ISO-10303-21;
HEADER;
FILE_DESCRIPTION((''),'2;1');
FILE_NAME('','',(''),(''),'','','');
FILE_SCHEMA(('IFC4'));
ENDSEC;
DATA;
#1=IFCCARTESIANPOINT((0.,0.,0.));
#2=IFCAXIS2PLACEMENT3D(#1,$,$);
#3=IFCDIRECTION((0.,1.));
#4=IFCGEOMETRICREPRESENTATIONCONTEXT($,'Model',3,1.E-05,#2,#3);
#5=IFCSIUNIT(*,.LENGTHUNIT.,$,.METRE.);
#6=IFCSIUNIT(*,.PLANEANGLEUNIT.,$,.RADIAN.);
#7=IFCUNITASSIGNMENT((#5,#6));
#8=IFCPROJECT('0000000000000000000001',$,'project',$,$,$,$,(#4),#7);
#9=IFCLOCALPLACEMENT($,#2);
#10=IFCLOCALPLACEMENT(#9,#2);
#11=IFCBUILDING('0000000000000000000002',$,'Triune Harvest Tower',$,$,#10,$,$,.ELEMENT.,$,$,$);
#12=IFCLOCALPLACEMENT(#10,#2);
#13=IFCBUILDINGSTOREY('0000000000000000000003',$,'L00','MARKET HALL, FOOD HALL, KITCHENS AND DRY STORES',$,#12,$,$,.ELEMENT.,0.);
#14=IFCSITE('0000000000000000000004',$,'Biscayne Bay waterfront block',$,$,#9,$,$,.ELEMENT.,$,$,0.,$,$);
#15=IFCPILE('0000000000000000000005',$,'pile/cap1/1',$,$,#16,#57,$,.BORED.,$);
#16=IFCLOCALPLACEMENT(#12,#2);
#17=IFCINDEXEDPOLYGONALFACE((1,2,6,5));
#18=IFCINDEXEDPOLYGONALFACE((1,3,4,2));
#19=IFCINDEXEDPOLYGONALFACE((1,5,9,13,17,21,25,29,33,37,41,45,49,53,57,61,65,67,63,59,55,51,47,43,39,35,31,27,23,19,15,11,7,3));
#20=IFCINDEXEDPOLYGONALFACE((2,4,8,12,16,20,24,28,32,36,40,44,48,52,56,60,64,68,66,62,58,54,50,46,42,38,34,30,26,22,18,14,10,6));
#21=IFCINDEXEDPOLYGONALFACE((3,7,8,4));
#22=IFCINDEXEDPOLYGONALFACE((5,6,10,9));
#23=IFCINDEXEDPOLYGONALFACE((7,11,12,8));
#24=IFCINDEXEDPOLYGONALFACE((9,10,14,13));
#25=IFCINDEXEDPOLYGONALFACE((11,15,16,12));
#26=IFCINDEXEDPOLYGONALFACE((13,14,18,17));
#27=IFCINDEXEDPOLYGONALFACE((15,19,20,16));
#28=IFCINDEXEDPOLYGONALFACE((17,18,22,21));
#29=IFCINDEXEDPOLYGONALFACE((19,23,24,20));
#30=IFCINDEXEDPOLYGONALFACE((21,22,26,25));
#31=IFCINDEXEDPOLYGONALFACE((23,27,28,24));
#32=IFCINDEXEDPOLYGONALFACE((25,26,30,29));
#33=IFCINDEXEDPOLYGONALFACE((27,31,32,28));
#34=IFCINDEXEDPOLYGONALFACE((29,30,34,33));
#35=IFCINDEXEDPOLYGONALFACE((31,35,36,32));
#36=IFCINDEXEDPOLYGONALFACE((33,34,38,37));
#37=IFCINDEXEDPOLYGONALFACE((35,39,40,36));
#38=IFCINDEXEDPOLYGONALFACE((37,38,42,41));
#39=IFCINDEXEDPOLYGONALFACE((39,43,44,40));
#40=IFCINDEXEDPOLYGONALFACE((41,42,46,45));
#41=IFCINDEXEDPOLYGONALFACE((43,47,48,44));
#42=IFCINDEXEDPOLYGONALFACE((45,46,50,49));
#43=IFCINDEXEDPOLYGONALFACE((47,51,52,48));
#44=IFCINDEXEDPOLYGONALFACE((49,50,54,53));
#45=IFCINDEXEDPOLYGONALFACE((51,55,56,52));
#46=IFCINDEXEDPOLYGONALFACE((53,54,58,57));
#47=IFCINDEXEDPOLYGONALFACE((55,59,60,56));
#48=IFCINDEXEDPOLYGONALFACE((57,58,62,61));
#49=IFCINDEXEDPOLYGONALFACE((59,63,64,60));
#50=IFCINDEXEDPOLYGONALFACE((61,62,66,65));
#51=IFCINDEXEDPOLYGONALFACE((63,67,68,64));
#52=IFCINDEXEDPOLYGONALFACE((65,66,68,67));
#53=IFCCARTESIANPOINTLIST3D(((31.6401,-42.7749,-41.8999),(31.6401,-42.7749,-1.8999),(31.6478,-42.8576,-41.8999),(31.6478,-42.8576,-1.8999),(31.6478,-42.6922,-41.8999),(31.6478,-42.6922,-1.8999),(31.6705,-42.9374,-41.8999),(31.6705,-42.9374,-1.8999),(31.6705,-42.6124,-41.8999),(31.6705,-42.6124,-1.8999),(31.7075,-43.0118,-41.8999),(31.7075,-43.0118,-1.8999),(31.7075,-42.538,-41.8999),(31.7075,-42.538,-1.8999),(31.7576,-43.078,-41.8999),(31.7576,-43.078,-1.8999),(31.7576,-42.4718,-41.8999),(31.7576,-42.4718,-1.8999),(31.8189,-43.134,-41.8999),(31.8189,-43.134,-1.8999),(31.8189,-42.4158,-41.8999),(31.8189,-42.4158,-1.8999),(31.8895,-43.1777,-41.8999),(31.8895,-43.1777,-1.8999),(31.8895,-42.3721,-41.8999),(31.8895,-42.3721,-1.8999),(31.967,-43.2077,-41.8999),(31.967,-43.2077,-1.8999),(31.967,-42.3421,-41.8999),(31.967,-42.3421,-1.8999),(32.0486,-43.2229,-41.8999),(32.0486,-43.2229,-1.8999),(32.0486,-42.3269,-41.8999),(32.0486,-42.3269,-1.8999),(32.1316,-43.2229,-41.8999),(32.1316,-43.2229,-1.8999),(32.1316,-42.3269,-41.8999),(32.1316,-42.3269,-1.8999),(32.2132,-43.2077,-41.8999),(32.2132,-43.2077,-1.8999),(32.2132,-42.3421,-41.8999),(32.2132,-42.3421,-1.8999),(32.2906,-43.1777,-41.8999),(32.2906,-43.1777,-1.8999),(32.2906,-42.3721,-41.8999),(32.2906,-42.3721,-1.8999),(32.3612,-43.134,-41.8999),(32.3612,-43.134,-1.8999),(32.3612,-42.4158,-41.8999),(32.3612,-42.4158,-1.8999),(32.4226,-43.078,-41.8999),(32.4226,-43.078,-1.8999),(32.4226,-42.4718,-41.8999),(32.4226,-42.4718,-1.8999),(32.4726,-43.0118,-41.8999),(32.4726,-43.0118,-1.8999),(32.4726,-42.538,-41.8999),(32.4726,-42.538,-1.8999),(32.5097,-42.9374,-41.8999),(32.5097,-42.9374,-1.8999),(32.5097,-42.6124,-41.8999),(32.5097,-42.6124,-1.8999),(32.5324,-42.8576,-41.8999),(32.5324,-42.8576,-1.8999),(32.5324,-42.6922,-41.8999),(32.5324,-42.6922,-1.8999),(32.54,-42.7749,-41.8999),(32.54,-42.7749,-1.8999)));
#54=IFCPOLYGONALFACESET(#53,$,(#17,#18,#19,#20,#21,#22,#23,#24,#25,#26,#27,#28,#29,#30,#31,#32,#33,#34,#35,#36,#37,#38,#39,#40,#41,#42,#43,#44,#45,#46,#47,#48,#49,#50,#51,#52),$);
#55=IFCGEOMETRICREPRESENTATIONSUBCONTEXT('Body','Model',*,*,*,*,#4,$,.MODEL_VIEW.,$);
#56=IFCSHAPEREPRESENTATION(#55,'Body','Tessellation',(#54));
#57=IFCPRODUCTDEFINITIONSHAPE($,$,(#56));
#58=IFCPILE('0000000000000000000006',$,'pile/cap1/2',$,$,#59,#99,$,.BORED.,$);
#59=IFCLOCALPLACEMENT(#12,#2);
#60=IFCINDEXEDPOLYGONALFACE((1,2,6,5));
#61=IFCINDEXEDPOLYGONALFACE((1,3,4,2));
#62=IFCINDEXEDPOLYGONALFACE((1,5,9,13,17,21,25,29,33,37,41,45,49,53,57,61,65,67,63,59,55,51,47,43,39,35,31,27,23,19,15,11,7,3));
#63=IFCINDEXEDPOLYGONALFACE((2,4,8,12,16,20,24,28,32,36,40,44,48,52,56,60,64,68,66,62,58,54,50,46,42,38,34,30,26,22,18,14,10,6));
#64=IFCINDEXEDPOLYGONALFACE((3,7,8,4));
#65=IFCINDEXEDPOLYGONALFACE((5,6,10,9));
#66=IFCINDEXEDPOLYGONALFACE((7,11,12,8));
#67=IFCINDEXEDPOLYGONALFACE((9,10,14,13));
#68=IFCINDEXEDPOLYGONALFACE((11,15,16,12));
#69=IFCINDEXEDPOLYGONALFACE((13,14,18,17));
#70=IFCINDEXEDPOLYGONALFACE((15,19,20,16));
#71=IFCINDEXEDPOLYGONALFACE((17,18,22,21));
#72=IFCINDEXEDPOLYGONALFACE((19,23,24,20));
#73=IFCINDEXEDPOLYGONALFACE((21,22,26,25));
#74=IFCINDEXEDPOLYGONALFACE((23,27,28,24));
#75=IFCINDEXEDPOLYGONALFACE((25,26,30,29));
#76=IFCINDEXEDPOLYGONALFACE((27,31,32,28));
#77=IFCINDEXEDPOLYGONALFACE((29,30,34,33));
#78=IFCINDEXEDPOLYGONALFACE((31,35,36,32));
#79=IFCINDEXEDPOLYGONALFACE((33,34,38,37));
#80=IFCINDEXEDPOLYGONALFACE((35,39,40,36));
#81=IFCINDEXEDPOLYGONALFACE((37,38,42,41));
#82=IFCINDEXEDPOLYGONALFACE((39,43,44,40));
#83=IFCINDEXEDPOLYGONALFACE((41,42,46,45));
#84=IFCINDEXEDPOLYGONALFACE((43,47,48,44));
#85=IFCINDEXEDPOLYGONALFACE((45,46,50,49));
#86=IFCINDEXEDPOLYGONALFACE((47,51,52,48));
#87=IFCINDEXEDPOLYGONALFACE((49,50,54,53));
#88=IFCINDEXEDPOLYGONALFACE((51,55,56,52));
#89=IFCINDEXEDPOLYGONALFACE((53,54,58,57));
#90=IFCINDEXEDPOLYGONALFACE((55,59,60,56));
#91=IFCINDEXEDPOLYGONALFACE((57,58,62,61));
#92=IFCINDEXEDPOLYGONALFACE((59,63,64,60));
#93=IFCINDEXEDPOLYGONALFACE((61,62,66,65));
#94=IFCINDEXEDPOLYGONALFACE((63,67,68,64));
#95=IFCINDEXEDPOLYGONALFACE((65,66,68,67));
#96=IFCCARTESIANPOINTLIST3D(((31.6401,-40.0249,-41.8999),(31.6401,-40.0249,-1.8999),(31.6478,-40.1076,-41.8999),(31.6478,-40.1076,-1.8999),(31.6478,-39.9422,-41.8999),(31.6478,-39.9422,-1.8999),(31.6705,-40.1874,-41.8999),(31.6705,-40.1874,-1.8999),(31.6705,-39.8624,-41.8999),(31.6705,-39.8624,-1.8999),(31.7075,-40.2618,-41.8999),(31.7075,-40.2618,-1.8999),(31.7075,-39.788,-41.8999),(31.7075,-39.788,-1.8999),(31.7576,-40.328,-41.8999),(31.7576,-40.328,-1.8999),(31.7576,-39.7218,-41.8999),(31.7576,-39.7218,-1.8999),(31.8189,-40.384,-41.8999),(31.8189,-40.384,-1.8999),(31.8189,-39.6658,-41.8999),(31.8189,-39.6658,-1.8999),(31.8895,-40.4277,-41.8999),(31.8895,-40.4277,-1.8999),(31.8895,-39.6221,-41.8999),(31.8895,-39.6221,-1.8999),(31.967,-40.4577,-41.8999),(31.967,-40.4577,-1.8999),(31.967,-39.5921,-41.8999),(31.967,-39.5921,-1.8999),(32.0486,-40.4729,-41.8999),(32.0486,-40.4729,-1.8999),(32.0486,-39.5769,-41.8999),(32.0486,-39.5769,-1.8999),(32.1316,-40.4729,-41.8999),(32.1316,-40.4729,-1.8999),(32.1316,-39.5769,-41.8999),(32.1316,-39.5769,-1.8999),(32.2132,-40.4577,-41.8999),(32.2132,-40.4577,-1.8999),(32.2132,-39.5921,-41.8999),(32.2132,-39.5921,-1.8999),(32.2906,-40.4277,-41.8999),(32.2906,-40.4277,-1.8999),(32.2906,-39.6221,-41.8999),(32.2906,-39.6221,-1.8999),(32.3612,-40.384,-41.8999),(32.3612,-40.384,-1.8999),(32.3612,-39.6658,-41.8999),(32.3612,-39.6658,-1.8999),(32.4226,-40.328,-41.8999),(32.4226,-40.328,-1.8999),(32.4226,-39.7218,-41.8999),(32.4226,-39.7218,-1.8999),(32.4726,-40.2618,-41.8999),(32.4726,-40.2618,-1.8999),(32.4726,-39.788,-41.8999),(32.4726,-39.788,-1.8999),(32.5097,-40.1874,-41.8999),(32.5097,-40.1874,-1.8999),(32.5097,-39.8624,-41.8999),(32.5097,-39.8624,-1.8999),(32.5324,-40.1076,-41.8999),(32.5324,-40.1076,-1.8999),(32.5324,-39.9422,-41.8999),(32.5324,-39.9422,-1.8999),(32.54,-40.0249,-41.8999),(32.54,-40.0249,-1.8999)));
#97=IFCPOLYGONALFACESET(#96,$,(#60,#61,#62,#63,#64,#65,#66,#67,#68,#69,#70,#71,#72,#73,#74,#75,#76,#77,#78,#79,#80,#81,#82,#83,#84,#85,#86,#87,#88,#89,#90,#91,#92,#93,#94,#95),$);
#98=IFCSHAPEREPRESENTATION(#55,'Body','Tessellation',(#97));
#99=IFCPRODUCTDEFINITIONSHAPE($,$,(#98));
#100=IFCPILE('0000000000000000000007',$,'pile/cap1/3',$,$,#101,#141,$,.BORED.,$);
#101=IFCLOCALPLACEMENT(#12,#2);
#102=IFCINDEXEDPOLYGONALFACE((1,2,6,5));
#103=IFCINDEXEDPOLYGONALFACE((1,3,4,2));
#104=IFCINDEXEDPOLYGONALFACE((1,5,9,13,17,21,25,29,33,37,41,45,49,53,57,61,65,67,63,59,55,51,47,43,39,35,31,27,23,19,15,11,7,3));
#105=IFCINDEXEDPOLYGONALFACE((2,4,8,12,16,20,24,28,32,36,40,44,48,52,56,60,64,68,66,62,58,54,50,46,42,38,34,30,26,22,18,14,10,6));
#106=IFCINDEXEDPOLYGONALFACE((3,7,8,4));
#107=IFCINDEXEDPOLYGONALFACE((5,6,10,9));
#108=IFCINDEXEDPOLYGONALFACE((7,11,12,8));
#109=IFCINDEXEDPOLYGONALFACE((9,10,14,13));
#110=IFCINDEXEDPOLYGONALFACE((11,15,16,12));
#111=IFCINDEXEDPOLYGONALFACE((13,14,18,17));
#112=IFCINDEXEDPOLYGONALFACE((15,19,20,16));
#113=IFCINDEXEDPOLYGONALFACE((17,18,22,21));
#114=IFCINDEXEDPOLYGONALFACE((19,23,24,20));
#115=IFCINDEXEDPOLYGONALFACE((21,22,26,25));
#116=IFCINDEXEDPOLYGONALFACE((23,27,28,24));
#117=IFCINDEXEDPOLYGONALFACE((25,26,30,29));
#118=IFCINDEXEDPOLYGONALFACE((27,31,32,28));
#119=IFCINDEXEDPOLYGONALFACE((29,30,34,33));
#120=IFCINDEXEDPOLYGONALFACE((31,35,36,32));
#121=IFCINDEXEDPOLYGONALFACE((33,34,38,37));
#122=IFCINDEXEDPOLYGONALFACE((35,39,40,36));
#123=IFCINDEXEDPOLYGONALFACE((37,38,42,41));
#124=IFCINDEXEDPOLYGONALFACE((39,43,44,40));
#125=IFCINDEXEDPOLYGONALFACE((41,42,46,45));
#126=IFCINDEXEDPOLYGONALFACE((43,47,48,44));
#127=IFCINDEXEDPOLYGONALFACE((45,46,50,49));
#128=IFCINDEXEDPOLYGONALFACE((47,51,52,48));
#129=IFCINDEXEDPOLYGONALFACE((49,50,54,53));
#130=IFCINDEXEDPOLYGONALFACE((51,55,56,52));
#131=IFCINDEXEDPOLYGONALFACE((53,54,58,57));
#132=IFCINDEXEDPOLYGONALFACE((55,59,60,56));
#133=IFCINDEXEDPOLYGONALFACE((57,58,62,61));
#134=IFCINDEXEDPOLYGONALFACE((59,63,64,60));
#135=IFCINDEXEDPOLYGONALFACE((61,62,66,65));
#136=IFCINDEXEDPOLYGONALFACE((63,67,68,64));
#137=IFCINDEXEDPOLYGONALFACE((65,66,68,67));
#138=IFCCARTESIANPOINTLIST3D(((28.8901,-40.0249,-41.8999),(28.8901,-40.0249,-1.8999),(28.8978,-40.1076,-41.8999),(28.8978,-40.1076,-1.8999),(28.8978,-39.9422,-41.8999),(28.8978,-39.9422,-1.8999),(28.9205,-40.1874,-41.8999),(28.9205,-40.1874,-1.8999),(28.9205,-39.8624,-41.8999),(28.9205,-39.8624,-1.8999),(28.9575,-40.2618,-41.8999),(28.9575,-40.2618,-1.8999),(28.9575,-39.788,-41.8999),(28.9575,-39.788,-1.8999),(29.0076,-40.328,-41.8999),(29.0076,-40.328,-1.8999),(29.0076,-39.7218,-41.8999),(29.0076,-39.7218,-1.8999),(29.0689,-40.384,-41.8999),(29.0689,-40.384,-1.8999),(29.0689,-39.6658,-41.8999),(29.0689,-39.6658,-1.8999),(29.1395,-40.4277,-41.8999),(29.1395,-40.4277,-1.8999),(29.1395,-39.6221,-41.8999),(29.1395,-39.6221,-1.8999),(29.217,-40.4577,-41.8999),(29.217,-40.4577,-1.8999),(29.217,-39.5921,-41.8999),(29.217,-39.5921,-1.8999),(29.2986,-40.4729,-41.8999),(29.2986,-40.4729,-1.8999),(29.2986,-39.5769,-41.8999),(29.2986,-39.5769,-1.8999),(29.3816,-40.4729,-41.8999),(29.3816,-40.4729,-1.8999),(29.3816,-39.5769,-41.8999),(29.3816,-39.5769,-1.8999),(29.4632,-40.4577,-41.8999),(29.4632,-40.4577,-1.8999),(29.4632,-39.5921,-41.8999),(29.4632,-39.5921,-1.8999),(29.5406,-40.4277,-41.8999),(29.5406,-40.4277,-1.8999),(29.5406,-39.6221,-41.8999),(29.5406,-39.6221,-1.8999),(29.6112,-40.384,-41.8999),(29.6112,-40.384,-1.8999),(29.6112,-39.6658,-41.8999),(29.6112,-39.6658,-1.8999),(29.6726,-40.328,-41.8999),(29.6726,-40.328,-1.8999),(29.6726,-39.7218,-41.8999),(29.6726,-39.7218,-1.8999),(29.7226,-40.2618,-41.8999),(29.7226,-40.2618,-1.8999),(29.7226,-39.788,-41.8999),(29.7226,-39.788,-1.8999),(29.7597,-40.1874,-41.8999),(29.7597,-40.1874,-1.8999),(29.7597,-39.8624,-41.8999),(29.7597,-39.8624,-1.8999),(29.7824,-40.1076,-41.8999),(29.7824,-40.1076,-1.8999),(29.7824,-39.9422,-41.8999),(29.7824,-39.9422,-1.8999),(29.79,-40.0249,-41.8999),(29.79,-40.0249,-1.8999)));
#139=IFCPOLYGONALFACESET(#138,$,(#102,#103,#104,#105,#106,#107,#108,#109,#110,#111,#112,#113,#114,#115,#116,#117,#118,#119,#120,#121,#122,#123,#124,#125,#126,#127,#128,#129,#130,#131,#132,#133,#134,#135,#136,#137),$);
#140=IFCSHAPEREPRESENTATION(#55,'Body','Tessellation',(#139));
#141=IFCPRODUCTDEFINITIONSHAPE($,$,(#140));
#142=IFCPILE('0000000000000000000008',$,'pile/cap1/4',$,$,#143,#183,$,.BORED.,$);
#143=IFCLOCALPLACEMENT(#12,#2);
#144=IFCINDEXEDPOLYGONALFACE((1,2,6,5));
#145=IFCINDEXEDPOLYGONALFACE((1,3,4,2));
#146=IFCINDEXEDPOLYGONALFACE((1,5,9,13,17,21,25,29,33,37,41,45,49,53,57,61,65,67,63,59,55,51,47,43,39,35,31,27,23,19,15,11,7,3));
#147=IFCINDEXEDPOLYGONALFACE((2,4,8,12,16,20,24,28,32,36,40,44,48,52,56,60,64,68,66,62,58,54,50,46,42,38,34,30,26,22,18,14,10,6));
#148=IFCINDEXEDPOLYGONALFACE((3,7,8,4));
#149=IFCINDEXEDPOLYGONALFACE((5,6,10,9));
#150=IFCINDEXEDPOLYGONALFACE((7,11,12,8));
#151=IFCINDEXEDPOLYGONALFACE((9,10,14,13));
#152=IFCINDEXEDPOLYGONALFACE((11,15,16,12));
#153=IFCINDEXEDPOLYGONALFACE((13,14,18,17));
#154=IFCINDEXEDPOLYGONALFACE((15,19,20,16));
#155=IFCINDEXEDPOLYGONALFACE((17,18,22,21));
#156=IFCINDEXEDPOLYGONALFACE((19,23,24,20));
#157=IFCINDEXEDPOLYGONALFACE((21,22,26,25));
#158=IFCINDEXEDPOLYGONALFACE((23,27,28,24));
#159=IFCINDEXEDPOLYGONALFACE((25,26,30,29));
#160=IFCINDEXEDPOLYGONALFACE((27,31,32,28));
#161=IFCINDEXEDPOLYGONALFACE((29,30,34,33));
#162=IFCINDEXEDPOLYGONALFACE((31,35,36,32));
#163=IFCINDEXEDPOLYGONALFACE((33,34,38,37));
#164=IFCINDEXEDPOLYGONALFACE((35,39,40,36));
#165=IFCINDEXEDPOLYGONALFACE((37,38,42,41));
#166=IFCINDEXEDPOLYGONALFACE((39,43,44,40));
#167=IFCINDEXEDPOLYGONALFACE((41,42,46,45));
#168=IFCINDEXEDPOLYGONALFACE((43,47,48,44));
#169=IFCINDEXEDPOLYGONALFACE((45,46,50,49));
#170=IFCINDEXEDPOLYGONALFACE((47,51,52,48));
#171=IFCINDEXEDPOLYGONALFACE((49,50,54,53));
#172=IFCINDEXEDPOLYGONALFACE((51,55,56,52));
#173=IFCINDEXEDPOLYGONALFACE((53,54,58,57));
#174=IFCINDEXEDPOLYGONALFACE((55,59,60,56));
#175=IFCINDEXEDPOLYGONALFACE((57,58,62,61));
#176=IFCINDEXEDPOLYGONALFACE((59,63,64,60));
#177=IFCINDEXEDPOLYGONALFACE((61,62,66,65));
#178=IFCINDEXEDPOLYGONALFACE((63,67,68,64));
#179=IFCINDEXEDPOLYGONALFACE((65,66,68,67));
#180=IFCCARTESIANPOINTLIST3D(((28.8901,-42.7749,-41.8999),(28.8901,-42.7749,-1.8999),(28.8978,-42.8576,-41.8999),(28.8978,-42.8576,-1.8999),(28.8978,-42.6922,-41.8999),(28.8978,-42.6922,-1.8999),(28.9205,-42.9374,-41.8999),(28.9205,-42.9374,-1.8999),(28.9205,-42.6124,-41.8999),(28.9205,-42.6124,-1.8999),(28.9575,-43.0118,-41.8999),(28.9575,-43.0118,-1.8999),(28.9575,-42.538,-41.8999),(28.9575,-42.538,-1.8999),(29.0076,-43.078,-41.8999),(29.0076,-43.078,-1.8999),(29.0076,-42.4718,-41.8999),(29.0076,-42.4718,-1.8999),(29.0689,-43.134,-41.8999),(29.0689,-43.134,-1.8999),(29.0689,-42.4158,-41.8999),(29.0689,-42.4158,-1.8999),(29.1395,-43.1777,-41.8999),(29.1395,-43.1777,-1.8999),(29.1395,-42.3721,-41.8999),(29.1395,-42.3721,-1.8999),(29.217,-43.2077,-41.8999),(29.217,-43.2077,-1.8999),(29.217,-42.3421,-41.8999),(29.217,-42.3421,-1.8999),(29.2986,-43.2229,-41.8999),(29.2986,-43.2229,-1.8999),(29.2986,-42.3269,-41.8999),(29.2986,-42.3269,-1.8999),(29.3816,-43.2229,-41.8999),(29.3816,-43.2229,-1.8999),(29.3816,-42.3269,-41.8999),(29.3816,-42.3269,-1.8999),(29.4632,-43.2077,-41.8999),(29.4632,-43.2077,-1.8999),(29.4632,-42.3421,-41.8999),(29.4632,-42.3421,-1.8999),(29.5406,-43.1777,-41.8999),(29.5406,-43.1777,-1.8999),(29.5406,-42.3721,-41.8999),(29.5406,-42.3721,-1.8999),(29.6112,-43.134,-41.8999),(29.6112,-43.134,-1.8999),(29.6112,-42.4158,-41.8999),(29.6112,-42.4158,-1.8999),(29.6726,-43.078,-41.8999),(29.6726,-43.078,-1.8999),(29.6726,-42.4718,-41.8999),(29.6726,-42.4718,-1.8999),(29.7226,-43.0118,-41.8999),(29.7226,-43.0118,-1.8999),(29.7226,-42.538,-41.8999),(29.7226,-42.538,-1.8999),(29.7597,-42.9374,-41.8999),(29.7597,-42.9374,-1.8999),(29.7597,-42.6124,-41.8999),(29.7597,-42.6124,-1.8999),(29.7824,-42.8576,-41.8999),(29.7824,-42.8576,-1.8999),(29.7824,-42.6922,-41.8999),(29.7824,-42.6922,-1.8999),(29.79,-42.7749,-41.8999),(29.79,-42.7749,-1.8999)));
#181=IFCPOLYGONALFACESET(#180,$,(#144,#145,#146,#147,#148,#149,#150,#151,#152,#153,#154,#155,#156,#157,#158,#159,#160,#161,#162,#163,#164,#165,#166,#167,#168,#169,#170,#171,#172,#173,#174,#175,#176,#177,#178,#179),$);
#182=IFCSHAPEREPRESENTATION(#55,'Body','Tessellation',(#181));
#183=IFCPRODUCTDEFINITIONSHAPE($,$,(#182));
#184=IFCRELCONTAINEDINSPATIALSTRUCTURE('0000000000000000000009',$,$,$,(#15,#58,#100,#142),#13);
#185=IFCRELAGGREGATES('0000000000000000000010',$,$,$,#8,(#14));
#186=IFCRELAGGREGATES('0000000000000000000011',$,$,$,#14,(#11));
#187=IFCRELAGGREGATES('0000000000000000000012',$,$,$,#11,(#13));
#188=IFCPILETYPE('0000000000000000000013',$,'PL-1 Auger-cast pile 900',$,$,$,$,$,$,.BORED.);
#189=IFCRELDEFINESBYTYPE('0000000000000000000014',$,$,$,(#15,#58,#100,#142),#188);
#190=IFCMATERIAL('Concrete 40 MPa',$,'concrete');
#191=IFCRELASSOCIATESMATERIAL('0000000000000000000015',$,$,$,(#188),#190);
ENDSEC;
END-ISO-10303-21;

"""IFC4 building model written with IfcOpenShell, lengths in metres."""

from ifc_helpers import new_model, si_unit, direction, frame, origin, origin_2d, place, context, subcontext, project, spatial, circle, extrude, source, transform, mapped, material, material_profile, profile_set, type_object, element, save


model = new_model("IFC4")

# Units and contexts
model_context = context("Model", 3, precision=1e-05, world=origin(), true_north=direction((0.0, 1.0)))
body_context = subcontext(model_context, "Body", "Model", "MODEL_VIEW")
ifc_project = project(units=[si_unit("LENGTHUNIT", "METRE"), si_unit("PLANEANGLEUNIT", "RADIAN")], contexts=[model_context])

# Site, building, storey
site_placement = place(None, origin())
site = spatial("IfcSite", under=ifc_project, at=site_placement, Name="Biscayne Bay waterfront block", CompositionType="ELEMENT", RefElevation=0.0)
building_placement = place(site_placement, origin())
building = spatial("IfcBuilding", under=site, at=building_placement, Name="Triune Harvest Tower", CompositionType="ELEMENT")
storey_placement = place(building_placement, origin())
storey = spatial("IfcBuildingStorey", under=building, at=storey_placement, Name="L00", Description="MARKET HALL, FOOD HALL, KITCHENS AND DRY STORES", CompositionType="ELEMENT", Elevation=0.0)

# Piles
ifc_material_1 = material(Name="Concrete 40 MPa", Category="concrete")
ifc_material_profile_1 = material_profile(ifc_material_1, circle(Radius=0.45, at=origin_2d()), Name="Bored 900")
ifc_profile_set_1 = profile_set([ifc_material_profile_1], Name="Concrete 40 MPa")
pile_type = type_object("IfcPileType", Name="PL-1 Auger-cast pile 900", PredefinedType="BORED", material=ifc_profile_set_1)
shared_shape_1 = source(origin(), body_context, "Body", "SweptSolid", [
    extrude(circle(Radius=0.45, at=origin_2d()), origin(), (0.0, 0.0, 1.0), 40.0),
])
for number, where, z_axis, x_axis, name in (
    (1, (32.0901, -42.7749, -1.8999), (0.0, 0.0, -1.0), (1.0, 0.0, 0.0), "pile/cap1/1"),
    (2, (32.0901, -40.0249, -1.8999), (0.0, 0.0, -1.0), (1.0, 0.0, 0.0), "pile/cap1/2"),
    (3, (29.3401, -40.0249, -1.8999), (0.0, 0.0, -1.0), (1.0, 0.0, 0.0), "pile/cap1/3"),
    (4, (29.3401, -42.7749, -1.8999), (0.0, 0.0, -1.0), (1.0, 0.0, 0.0), "pile/cap1/4"),
):
    element("IfcPile", number, at=place(storey_placement, frame(where, z_axis=z_axis, x_axis=x_axis)), inside=storey, type_object=pile_type, Name=name, PredefinedType="BORED", context=body_context, shape_type="MappedRepresentation", body=[
        mapped(shared_shape_1, transform((0.0, 0.0, 0.0), scale=1.0)),
    ])

save(model, "model.ifc")
